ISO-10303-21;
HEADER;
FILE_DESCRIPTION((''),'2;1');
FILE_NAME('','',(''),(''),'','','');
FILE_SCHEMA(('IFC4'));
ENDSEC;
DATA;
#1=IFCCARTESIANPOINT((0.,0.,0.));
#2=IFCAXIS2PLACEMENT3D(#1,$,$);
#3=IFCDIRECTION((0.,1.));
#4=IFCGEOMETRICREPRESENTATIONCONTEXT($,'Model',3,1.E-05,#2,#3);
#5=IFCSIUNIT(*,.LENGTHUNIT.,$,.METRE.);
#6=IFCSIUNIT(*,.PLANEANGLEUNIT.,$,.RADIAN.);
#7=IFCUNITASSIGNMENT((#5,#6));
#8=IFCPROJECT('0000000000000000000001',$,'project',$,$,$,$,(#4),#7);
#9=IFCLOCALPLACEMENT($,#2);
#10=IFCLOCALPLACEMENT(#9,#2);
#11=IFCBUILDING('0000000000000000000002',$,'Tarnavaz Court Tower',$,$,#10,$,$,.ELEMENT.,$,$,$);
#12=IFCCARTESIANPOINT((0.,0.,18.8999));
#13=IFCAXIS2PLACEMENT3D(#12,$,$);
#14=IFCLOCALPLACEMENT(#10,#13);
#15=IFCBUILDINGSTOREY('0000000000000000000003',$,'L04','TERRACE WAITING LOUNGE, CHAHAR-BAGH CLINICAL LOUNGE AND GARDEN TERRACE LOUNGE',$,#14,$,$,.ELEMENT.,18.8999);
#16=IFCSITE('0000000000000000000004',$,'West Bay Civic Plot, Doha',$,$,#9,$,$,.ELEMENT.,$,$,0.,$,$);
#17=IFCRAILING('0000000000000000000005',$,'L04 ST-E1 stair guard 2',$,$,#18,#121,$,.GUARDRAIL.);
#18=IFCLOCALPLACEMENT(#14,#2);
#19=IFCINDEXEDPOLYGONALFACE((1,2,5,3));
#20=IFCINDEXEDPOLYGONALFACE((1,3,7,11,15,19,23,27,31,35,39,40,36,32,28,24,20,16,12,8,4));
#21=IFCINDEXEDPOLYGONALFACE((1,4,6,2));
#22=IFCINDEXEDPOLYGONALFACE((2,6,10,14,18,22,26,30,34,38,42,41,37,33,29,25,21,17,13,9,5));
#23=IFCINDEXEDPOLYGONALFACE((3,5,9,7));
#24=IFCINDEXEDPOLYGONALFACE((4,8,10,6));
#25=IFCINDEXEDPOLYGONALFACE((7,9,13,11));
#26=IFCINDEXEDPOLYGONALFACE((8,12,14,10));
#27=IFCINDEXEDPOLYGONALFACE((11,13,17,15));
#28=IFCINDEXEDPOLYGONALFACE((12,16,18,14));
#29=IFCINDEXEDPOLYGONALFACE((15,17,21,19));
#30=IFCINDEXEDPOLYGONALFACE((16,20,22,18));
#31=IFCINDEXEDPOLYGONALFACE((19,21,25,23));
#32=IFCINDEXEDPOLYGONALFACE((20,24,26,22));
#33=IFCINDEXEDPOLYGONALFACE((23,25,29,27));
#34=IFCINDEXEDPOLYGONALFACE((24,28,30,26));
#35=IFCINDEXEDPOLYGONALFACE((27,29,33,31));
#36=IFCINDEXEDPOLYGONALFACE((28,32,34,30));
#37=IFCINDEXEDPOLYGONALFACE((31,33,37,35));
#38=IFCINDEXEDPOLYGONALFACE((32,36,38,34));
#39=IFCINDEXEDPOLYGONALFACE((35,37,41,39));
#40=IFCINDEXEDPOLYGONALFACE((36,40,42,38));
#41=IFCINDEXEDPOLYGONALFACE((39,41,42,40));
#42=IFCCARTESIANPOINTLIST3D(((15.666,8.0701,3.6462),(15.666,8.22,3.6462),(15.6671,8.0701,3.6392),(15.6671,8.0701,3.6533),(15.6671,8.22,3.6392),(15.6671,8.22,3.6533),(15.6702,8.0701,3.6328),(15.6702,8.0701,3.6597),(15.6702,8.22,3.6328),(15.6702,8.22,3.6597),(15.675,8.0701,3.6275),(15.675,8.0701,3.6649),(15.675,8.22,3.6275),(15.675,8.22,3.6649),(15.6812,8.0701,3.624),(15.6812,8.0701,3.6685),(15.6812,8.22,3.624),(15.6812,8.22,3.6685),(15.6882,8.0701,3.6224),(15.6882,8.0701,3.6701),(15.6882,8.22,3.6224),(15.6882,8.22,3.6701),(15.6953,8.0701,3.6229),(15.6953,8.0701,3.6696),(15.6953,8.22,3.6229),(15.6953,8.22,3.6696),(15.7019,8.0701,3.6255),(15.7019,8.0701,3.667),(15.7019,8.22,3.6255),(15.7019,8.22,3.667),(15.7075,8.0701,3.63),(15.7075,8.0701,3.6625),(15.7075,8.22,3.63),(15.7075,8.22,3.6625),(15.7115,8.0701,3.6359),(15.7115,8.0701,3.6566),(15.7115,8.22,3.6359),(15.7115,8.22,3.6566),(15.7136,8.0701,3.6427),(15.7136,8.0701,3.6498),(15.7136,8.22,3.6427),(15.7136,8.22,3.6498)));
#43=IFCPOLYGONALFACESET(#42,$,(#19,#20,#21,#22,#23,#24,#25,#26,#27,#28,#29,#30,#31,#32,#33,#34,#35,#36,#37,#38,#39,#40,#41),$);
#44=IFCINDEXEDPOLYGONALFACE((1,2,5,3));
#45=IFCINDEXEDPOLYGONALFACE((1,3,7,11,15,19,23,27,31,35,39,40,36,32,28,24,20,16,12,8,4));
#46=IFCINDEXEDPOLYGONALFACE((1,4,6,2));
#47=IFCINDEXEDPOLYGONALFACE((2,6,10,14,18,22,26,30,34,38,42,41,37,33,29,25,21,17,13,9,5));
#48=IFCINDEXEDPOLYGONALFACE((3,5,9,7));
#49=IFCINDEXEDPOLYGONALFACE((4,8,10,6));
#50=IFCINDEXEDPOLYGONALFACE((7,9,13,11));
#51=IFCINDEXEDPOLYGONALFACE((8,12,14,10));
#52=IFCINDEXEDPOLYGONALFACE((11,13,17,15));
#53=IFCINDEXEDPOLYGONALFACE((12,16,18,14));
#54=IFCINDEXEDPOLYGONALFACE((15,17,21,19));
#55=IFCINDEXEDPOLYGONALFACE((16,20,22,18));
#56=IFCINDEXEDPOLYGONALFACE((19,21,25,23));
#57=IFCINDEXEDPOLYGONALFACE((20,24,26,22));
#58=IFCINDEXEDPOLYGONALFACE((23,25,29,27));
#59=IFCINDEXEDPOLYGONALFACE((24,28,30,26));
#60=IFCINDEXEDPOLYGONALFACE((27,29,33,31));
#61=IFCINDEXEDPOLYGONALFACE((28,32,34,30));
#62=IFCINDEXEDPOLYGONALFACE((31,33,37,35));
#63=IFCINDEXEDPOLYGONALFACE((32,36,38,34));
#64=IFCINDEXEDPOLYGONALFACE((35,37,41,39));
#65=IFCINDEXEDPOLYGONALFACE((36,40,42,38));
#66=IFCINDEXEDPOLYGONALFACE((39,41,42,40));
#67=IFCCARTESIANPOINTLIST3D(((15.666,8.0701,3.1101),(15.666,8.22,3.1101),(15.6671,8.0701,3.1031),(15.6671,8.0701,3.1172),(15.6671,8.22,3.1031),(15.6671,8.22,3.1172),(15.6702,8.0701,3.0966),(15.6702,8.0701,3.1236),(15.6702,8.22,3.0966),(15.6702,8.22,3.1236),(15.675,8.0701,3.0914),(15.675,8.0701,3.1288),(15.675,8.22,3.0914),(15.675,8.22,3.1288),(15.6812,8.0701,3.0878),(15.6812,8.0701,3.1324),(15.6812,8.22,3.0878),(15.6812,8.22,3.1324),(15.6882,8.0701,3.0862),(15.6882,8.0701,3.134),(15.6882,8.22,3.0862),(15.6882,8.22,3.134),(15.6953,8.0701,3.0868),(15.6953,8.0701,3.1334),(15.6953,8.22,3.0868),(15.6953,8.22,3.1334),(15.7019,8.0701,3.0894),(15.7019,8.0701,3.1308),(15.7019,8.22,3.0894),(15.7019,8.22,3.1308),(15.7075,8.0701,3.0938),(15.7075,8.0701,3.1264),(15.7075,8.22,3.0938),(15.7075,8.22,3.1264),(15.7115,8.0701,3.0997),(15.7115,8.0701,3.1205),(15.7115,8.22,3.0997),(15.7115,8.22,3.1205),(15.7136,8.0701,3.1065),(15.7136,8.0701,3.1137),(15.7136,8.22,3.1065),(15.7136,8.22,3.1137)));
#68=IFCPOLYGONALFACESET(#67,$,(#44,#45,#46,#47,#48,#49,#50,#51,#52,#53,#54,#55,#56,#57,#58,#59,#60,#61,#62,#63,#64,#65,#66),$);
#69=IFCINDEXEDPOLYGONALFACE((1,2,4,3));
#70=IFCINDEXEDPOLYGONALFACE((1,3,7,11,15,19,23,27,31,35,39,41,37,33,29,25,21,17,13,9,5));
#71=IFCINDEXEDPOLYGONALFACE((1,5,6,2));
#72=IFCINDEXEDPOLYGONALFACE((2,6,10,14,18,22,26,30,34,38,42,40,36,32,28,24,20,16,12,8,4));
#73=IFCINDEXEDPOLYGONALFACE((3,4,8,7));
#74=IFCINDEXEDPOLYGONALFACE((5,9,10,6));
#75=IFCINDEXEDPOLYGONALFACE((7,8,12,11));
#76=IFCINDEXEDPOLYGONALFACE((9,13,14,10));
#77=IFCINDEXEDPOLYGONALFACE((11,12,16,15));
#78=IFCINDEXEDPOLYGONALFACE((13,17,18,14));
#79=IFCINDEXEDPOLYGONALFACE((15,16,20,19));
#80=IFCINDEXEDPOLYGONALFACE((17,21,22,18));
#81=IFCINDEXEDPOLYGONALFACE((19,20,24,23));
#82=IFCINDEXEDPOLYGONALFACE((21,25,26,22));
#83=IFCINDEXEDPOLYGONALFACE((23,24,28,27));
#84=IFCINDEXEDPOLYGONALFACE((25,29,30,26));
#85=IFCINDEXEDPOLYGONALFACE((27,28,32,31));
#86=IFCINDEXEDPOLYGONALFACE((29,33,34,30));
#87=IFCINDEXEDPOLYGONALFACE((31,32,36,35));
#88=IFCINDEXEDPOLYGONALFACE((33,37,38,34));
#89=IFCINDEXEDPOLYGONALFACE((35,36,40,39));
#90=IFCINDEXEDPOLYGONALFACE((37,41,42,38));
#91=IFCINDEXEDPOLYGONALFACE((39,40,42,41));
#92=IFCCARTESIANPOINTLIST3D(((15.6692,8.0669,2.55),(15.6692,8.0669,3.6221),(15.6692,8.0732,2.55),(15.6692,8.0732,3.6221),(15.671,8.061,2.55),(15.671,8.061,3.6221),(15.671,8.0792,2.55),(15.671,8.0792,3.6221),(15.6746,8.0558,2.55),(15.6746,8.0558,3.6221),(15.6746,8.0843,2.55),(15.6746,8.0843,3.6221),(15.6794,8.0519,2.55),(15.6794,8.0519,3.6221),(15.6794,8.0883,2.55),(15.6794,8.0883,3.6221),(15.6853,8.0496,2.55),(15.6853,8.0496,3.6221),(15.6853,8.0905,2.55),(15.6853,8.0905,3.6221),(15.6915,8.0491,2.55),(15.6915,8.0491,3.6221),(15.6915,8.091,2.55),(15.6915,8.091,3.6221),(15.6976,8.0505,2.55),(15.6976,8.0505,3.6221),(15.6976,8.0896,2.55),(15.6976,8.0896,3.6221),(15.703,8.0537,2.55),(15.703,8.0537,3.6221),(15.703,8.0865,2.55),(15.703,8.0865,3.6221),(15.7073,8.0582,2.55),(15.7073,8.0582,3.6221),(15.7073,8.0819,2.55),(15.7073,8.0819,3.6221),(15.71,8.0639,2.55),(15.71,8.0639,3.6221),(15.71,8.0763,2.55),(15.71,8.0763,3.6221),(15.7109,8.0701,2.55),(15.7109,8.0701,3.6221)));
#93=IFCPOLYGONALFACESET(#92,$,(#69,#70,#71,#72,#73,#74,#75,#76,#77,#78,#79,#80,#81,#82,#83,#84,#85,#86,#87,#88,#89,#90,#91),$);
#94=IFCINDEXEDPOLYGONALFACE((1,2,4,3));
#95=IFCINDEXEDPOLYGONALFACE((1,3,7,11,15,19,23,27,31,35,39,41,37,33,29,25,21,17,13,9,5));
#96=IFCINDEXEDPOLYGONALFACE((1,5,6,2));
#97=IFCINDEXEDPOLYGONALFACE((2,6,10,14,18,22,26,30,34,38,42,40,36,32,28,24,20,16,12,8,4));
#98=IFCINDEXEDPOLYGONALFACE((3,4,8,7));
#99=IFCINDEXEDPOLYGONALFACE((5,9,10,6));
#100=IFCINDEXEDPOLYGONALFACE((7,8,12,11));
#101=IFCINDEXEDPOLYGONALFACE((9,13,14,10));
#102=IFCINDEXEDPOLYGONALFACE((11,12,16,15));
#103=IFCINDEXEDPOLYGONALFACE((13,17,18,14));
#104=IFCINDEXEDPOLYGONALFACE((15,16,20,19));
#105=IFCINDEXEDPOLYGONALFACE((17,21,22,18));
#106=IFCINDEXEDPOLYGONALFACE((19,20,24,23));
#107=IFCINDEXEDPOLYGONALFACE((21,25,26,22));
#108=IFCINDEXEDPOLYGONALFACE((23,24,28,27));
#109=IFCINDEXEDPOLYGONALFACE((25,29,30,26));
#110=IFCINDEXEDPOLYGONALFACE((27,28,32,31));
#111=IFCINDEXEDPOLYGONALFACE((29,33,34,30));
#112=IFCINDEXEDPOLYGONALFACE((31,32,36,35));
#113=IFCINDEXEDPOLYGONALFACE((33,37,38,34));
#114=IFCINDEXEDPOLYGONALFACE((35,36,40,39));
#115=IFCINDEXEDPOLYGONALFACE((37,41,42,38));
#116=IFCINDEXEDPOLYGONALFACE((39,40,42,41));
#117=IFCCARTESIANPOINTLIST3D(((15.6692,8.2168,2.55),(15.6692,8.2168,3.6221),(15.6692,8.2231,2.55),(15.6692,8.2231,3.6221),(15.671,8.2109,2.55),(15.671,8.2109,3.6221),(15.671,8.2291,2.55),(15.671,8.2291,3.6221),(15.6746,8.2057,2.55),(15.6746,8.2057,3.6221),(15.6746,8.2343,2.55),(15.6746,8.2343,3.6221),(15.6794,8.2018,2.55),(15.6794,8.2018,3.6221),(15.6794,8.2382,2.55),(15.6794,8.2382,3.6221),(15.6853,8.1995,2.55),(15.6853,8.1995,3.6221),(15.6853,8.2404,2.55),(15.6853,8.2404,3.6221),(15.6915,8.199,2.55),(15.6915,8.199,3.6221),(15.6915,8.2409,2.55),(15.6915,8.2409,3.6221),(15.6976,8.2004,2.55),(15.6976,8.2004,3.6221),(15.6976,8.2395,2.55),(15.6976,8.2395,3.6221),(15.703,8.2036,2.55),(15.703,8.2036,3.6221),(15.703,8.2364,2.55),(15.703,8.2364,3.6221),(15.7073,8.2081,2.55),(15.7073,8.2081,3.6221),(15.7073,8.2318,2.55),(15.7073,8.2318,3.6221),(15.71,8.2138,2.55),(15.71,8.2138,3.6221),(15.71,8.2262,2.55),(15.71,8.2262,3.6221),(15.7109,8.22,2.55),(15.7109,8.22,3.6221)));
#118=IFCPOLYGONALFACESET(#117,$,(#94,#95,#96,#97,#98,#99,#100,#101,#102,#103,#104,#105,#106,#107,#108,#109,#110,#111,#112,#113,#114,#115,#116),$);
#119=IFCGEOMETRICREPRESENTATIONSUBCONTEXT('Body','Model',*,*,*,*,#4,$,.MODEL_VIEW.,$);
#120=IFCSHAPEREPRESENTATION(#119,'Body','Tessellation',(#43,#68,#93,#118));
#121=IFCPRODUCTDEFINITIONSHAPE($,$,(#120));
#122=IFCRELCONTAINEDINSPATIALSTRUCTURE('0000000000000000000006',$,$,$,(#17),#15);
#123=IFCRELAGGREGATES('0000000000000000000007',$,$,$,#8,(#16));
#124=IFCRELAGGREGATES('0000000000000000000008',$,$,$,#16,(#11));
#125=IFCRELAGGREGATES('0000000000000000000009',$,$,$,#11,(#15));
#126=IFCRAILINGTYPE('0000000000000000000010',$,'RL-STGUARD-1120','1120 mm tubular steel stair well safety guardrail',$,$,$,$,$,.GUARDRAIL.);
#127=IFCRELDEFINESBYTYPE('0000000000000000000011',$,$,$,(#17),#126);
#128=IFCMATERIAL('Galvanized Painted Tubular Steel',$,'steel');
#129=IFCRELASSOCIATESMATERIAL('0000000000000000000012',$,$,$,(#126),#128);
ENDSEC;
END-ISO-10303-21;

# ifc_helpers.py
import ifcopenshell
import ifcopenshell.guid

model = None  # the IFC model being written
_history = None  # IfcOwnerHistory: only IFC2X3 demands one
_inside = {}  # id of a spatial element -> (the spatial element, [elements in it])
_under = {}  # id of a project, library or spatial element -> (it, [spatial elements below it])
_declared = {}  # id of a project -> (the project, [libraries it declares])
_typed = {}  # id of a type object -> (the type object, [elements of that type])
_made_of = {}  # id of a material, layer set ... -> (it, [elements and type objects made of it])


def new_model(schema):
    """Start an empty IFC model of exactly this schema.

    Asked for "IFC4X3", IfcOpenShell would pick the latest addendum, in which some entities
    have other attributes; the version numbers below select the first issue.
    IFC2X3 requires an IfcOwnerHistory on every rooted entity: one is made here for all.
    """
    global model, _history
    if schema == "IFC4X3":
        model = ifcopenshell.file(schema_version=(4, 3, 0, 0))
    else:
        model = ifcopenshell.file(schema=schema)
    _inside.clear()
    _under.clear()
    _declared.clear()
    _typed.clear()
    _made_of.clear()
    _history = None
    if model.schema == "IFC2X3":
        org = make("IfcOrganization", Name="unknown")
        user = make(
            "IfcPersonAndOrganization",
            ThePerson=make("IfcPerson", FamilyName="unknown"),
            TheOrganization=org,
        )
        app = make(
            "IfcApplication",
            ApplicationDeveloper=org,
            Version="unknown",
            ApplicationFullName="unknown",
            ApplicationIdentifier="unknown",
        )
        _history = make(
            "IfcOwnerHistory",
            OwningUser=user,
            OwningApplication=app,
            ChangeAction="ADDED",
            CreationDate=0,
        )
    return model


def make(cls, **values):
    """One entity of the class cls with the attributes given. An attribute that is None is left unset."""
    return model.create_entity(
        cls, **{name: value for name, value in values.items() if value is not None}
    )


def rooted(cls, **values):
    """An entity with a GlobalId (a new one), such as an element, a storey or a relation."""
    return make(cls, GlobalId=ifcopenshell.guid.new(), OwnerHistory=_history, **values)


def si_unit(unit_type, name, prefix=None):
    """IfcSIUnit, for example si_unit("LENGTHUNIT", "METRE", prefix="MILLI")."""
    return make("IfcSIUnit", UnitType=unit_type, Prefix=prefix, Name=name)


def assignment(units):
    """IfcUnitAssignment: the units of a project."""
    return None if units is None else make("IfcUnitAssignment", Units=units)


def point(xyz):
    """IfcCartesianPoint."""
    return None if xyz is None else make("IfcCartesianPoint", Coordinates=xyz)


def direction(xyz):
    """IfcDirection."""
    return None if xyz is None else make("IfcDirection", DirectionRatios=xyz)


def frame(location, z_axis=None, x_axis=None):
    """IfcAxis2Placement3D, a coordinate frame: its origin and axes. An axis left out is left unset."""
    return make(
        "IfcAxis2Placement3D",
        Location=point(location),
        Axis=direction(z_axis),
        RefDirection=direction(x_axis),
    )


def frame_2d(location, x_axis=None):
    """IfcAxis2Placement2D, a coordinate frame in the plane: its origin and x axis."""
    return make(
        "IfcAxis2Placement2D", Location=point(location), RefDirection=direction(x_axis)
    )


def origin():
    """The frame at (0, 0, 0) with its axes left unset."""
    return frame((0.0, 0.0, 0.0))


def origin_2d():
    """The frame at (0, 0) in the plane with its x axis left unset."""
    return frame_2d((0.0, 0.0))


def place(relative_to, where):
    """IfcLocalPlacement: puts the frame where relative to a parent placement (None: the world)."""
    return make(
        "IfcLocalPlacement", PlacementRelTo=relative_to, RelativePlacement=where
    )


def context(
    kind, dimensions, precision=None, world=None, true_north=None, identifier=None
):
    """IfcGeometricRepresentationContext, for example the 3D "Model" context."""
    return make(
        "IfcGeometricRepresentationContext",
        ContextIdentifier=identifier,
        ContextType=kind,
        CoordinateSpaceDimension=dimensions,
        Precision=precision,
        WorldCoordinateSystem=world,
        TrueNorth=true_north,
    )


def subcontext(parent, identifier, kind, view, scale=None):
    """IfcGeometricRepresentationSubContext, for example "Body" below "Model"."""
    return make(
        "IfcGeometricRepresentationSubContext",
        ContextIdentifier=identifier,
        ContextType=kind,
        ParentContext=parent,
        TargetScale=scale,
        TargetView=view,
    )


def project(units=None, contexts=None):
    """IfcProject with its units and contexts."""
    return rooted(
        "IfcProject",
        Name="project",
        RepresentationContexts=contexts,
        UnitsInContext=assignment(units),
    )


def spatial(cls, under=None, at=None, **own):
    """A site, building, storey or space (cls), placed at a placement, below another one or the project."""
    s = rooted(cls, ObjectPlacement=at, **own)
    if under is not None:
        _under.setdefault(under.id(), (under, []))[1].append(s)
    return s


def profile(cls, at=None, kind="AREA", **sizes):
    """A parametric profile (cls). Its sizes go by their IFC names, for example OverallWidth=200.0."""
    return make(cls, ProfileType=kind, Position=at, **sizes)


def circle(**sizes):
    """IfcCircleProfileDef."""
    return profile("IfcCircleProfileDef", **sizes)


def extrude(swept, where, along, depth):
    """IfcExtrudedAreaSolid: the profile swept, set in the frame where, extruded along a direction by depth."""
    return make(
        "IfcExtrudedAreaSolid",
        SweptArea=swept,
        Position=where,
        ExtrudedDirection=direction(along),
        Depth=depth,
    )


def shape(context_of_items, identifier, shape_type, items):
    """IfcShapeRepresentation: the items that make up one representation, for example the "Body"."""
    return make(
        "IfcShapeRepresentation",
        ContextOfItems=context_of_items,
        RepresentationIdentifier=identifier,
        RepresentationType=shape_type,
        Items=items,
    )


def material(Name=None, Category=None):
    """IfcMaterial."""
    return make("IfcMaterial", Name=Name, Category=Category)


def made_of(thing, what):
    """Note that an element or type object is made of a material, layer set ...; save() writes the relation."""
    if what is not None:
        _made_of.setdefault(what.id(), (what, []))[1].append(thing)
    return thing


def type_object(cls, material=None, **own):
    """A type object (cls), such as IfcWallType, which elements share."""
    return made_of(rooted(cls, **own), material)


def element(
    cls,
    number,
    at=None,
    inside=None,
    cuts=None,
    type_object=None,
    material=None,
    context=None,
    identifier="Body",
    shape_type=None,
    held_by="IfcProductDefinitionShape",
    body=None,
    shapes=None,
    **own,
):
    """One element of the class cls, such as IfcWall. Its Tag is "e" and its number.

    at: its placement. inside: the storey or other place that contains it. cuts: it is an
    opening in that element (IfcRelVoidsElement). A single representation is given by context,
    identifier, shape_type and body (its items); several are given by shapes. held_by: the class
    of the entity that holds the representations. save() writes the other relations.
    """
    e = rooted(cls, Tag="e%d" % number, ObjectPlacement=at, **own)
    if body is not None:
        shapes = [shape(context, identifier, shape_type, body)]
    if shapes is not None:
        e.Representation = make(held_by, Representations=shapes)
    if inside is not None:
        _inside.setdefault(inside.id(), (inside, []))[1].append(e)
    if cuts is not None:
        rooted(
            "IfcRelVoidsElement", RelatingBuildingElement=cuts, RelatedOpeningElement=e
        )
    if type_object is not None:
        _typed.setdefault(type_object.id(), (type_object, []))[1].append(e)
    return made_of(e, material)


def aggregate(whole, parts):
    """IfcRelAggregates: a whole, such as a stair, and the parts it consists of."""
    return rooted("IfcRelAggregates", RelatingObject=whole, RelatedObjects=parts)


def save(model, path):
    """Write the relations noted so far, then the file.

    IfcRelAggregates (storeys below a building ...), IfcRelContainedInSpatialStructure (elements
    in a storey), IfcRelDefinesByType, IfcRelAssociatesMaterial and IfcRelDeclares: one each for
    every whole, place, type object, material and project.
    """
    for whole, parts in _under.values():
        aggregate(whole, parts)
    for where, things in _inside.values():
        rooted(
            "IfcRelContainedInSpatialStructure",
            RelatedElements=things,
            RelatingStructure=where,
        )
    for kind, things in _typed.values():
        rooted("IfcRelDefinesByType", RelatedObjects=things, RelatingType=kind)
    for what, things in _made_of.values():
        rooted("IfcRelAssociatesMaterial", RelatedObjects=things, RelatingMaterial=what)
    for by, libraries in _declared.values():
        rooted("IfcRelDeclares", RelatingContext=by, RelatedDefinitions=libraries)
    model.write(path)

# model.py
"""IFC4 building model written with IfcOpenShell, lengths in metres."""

from ifc_helpers import new_model, si_unit, direction, frame, origin, origin_2d, place, context, subcontext, project, spatial, circle, extrude, material, type_object, element, save


model = new_model("IFC4")

# Units and contexts
model_context = context("Model", 3, precision=1e-05, world=origin(), true_north=direction((0.0, 1.0)))
body_context = subcontext(model_context, "Body", "Model", "MODEL_VIEW")
ifc_project = project(units=[si_unit("LENGTHUNIT", "METRE"), si_unit("PLANEANGLEUNIT", "RADIAN")], contexts=[model_context])

# Site, building, storey
site_placement = place(None, origin())
site = spatial("IfcSite", under=ifc_project, at=site_placement, Name="West Bay Civic Plot, Doha", CompositionType="ELEMENT", RefElevation=0.0)
building_placement = place(site_placement, origin())
building = spatial("IfcBuilding", under=site, at=building_placement, Name="Tarnavaz Court Tower", CompositionType="ELEMENT")
storey_placement = place(building_placement, frame((0.0, 0.0, 18.8999)))
storey = spatial("IfcBuildingStorey", under=building, at=storey_placement, Name="L04", Description="TERRACE WAITING LOUNGE, CHAHAR-BAGH CLINICAL LOUNGE AND GARDEN TERRACE LOUNGE", CompositionType="ELEMENT", Elevation=18.8999)

# Railing
ifc_material_1 = material(Name="Galvanized Painted Tubular Steel", Category="steel")
railing_type_1 = type_object("IfcRailingType", Name="RL-STGUARD-1120", Description="1120 mm tubular steel stair well safety guardrail", PredefinedType="GUARDRAIL", material=ifc_material_1)
railing_1_placement = place(storey_placement, frame((15.6899, 8.0701, 2.55)))
element("IfcRailing", 1, at=railing_1_placement, inside=storey, type_object=railing_type_1, Name="L04 ST-E1 stair guard 2", PredefinedType="GUARDRAIL", context=body_context, shape_type="SweptSolid", body=[
    extrude(circle(Radius=0.0239, at=origin_2d()), frame((0.0, 0.0, 1.0962), z_axis=(0.0, 1.0, 0.0), x_axis=(-1.0, 0.0, 0.0)), (0.0, 0.0, 1.0), 0.1499),
    extrude(circle(Radius=0.0239, at=origin_2d()), frame((0.0, 0.0, 0.5601), z_axis=(0.0, 1.0, 0.0), x_axis=(-1.0, 0.0, 0.0)), (0.0, 0.0, 1.0), 0.1499),
    extrude(circle(Radius=0.021, at=origin_2d()), origin(), (0.0, 0.0, 1.0), 1.072),
    extrude(circle(Radius=0.021, at=origin_2d()), frame((0.0, 0.1499, 0.0)), (0.0, 0.0, 1.0), 1.072),
])

save(model, "model.ifc")
